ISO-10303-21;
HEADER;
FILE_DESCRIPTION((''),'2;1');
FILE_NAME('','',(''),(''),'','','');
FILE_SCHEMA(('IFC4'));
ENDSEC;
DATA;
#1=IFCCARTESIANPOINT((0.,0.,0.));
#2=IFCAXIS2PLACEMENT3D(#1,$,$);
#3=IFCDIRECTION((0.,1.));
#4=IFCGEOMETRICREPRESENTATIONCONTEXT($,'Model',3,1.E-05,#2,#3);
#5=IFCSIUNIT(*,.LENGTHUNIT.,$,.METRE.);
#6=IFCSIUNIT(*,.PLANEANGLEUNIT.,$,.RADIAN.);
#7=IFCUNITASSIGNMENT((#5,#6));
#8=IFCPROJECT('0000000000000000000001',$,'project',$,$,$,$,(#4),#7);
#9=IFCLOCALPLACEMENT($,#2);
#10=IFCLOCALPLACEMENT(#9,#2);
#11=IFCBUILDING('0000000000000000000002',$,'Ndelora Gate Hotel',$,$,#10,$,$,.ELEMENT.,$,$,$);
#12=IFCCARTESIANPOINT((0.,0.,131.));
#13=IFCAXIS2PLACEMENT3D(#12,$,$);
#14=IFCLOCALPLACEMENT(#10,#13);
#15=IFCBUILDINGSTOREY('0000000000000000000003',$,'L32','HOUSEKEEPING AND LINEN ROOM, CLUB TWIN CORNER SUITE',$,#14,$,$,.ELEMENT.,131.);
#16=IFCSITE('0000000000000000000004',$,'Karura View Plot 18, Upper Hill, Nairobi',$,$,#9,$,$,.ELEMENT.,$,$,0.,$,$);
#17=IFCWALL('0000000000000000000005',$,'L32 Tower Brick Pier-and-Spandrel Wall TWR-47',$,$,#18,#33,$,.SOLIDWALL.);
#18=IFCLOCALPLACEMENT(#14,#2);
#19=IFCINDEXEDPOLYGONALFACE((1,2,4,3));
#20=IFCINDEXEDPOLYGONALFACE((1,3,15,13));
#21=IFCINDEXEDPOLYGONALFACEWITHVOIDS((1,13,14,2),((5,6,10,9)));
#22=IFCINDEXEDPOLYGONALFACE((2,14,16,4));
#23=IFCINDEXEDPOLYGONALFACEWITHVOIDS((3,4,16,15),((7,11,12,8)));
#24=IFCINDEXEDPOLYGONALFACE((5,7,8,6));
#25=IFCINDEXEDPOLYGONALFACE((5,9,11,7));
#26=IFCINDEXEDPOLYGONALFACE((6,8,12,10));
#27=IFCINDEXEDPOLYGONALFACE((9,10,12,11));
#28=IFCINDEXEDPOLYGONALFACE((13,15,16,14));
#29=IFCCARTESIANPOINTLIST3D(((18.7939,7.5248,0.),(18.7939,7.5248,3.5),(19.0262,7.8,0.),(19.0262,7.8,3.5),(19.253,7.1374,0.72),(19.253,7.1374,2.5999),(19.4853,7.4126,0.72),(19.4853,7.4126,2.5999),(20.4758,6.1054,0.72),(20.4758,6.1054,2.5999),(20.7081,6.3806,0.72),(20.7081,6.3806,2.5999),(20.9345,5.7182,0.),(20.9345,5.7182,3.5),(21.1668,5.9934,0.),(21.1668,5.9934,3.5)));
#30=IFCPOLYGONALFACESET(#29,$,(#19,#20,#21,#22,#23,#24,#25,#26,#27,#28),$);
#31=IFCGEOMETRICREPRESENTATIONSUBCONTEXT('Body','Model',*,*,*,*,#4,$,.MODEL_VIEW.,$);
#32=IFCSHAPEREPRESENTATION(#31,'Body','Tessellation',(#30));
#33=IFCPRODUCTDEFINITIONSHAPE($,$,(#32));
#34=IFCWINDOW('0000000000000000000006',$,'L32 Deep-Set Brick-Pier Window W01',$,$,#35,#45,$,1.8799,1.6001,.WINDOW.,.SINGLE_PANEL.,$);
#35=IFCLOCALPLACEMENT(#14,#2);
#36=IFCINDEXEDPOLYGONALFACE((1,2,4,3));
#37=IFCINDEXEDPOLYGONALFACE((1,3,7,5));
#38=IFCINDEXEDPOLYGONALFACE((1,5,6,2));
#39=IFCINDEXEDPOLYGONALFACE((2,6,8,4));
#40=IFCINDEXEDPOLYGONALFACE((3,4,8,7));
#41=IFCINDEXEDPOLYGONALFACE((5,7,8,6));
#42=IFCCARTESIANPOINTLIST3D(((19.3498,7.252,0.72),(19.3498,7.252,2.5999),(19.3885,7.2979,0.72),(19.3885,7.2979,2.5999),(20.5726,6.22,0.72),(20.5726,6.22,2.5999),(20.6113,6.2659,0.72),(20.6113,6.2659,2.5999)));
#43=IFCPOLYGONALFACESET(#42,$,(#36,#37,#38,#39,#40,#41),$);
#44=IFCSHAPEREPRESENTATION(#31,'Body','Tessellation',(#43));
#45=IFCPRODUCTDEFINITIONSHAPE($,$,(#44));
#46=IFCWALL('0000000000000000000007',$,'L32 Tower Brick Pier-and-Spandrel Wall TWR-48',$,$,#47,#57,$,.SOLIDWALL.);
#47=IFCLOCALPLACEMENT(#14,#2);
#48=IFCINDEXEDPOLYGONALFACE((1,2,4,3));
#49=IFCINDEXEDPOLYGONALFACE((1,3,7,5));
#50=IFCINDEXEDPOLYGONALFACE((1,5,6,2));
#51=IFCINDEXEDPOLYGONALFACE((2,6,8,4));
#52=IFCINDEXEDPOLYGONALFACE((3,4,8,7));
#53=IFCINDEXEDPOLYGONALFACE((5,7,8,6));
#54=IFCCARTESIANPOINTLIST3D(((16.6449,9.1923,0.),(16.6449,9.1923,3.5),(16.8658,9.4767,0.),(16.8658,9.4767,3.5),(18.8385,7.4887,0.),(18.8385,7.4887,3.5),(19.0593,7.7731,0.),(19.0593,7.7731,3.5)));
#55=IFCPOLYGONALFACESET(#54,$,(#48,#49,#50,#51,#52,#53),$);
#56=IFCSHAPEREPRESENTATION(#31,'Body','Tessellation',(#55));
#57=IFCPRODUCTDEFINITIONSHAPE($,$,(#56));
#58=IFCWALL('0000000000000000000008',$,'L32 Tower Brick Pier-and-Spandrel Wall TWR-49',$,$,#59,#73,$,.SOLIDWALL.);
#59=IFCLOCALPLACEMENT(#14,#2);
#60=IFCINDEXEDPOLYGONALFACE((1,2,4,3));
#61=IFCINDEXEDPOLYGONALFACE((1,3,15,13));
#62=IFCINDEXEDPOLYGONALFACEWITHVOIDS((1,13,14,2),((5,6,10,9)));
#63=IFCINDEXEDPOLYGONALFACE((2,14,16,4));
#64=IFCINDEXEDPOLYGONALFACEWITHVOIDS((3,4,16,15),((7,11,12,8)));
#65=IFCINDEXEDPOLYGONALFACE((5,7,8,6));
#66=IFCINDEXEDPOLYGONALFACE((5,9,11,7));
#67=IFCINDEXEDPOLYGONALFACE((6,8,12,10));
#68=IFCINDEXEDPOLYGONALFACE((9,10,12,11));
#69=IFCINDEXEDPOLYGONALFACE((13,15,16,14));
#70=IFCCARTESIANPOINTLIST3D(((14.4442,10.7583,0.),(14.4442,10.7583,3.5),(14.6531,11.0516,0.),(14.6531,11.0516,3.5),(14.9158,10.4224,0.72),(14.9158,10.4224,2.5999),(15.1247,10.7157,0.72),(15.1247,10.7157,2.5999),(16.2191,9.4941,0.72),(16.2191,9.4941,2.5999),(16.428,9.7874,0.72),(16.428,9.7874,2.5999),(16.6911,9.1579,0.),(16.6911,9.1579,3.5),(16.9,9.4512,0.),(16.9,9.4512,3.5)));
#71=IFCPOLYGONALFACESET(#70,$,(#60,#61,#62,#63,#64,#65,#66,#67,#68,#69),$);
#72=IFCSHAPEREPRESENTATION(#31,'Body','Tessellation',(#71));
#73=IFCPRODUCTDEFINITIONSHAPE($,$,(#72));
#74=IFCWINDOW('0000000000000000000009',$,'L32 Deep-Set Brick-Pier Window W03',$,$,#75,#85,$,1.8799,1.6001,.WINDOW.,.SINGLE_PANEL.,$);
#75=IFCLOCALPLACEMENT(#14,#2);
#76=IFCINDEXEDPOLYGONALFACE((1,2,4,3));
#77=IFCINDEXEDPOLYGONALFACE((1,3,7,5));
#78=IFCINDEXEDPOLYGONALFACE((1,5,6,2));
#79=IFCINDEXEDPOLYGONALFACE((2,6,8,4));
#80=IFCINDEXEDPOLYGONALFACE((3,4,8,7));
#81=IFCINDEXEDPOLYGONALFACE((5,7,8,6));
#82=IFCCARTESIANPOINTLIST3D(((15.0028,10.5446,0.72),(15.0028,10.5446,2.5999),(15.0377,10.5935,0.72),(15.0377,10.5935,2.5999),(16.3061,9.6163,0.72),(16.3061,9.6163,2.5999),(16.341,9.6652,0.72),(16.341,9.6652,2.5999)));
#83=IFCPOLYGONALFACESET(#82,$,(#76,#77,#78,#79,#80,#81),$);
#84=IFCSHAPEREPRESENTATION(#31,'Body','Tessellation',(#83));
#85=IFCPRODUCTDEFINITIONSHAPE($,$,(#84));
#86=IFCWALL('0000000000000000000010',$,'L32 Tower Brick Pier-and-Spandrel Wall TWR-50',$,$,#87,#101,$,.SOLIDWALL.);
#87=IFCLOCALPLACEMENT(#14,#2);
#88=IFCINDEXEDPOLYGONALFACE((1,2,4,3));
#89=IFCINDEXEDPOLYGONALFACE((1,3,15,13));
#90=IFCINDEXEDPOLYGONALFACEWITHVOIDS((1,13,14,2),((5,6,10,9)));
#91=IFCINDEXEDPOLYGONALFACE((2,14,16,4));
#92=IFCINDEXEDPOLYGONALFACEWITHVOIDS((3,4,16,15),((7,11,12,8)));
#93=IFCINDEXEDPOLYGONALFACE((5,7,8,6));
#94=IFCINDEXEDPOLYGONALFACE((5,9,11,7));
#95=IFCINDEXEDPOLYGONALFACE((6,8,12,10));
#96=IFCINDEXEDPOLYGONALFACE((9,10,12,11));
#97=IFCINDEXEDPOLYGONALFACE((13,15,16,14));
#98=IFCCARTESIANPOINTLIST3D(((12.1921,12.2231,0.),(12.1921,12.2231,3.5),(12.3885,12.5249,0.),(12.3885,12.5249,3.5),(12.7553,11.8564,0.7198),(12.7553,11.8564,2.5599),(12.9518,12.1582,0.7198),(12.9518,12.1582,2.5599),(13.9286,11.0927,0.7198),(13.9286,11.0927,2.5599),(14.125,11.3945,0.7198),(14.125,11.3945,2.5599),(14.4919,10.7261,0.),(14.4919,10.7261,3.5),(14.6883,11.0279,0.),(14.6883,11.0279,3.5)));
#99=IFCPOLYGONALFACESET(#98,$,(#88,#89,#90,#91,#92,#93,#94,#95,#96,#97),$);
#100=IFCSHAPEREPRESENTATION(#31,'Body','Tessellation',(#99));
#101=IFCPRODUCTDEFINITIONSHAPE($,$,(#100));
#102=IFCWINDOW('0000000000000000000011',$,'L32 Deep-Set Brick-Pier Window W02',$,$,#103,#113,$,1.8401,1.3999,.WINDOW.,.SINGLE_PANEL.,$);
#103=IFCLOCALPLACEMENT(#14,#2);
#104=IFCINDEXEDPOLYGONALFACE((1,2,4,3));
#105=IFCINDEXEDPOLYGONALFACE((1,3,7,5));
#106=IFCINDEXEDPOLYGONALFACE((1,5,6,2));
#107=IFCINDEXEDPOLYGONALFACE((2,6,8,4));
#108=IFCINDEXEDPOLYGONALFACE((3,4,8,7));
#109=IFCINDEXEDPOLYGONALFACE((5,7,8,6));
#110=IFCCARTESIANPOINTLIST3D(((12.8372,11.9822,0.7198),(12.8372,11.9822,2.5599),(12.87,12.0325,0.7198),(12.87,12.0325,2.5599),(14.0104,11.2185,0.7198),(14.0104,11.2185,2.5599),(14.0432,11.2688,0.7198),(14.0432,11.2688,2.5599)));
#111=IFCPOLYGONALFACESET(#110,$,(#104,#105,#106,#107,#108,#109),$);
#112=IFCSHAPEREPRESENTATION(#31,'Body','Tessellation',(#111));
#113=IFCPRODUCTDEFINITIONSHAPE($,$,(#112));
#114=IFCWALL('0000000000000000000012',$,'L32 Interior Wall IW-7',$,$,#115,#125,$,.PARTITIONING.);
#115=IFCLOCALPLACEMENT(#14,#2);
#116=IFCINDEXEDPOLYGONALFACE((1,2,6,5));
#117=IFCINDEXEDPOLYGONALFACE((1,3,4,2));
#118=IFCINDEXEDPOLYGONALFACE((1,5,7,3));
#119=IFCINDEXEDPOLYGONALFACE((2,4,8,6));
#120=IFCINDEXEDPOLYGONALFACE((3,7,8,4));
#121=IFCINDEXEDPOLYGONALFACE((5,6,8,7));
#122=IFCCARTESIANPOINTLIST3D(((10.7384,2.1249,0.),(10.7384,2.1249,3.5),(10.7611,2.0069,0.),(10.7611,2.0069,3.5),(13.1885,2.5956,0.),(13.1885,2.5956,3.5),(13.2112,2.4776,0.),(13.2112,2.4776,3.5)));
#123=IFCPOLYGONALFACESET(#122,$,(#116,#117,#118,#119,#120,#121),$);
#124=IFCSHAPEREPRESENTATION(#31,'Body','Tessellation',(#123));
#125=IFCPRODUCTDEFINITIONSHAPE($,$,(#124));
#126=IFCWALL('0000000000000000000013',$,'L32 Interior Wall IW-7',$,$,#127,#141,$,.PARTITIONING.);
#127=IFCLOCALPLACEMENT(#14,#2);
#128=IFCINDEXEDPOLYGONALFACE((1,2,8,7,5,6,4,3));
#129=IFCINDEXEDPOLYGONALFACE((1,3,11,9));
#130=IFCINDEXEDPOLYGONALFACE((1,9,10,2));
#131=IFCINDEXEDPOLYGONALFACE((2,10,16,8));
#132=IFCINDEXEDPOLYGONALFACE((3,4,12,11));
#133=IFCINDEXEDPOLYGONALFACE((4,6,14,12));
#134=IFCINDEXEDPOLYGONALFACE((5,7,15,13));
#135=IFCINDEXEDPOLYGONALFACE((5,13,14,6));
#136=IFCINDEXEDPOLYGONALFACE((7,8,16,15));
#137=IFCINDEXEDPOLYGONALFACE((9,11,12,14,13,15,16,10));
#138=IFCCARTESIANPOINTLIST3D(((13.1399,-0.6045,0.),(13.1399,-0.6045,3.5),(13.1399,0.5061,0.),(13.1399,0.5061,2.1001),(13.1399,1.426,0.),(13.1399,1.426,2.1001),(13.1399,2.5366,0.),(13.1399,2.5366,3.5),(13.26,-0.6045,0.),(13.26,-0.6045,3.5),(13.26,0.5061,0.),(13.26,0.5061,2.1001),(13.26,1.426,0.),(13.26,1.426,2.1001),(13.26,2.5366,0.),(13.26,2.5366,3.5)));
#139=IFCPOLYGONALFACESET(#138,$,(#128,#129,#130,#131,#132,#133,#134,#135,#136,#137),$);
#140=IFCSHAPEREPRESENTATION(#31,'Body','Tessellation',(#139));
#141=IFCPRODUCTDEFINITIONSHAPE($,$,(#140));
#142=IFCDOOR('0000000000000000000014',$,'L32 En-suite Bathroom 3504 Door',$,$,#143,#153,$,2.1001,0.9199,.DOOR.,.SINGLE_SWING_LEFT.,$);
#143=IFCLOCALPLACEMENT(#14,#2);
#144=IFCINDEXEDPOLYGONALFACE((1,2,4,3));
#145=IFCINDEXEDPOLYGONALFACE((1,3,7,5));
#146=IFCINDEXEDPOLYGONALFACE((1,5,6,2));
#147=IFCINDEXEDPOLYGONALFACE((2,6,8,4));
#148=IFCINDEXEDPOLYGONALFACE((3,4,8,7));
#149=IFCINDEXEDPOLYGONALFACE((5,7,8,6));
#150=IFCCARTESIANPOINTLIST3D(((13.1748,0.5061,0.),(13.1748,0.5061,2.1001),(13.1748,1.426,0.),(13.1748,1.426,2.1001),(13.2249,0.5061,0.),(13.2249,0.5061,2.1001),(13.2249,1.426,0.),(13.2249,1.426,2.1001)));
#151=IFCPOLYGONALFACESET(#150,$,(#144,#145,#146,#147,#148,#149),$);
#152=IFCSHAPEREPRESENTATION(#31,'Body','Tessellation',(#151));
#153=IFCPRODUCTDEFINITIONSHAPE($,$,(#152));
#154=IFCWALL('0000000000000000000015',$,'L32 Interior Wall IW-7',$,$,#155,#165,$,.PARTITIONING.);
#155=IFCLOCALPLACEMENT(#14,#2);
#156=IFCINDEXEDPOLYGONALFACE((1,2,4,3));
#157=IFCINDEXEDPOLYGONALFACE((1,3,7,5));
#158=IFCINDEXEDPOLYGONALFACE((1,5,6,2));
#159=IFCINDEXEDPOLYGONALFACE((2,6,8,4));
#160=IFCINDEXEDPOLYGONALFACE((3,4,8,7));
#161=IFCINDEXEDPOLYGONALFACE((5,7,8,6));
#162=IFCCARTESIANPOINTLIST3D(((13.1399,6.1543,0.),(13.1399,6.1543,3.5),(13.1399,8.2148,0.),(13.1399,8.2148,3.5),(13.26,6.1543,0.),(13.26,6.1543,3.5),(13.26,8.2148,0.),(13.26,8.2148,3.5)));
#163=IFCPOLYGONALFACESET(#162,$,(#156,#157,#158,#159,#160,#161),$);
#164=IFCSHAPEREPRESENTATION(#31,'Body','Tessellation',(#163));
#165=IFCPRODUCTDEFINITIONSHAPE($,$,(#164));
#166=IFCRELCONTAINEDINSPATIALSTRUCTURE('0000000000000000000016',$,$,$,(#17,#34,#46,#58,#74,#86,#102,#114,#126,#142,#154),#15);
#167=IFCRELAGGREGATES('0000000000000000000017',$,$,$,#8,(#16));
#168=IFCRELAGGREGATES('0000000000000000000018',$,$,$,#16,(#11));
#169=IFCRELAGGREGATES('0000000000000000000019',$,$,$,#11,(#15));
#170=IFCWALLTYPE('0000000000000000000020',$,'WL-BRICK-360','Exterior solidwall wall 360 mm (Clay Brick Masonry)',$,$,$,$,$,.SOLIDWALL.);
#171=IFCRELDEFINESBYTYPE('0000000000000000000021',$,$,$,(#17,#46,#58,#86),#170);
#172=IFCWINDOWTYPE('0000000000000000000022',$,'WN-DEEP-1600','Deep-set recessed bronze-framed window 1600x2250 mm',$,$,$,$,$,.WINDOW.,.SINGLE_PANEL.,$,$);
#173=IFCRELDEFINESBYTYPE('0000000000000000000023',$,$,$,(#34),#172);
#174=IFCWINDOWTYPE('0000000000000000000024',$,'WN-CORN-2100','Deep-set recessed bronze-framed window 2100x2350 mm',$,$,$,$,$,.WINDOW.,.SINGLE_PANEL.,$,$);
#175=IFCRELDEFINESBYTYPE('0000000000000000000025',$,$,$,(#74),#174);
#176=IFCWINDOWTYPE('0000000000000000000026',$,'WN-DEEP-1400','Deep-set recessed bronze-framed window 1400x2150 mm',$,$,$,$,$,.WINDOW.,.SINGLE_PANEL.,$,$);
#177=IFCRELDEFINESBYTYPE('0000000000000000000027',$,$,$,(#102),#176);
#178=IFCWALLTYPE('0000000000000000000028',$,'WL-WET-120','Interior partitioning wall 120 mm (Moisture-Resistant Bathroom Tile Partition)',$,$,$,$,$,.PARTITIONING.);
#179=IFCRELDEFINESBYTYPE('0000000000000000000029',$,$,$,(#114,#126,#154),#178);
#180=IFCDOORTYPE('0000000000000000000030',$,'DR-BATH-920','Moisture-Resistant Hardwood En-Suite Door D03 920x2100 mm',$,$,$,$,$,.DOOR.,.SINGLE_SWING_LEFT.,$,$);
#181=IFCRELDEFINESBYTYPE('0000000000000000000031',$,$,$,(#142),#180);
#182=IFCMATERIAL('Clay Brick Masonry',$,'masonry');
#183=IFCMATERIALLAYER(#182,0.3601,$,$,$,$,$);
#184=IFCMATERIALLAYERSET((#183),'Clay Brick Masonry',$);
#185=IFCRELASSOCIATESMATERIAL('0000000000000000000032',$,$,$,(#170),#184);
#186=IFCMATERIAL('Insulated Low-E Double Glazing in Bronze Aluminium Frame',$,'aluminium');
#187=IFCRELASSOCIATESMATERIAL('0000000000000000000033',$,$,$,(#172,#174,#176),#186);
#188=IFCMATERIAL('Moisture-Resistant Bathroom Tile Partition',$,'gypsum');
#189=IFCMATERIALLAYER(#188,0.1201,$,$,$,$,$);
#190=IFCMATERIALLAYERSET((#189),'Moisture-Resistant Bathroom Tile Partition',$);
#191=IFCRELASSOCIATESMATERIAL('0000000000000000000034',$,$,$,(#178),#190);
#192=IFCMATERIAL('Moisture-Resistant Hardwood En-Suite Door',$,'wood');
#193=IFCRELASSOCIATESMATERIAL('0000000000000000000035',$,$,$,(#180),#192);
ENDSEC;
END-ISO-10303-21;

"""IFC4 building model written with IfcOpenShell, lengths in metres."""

from ifc_helpers import new_model, si_unit, direction, frame, frame_2d, origin, place, context, subcontext, project, spatial, rectangle, extrude, material, layer, layer_set, type_object, element, fill, save


model = new_model("IFC4")

# Units and contexts
model_context = context("Model", 3, precision=1e-05, world=origin(), true_north=direction((0.0, 1.0)))
body_context = subcontext(model_context, "Body", "Model", "MODEL_VIEW")
ifc_project = project(units=[si_unit("LENGTHUNIT", "METRE"), si_unit("PLANEANGLEUNIT", "RADIAN")], contexts=[model_context])

# Site, building, storey
site_placement = place(None, origin())
site = spatial("IfcSite", under=ifc_project, at=site_placement, Name="Karura View Plot 18, Upper Hill, Nairobi", CompositionType="ELEMENT", RefElevation=0.0)
building_placement = place(site_placement, origin())
building = spatial("IfcBuilding", under=site, at=building_placement, Name="Ndelora Gate Hotel", CompositionType="ELEMENT")
storey_placement = place(building_placement, frame((0.0, 0.0, 131.0)))
storey = spatial("IfcBuildingStorey", under=building, at=storey_placement, Name="L32", Description="HOUSEKEEPING AND LINEN ROOM, CLUB TWIN CORNER SUITE", CompositionType="ELEMENT", Elevation=131.0)

# Shared definitions
ifc_material_1 = material(Name="Clay Brick Masonry", Category="masonry")
ifc_layer_1 = layer(ifc_material_1, 0.3601)
ifc_layer_set_1 = layer_set([ifc_layer_1], Name="Clay Brick Masonry")
wall_type_1 = type_object("IfcWallType", Name="WL-BRICK-360", Description="Exterior solidwall wall 360 mm (Clay Brick Masonry)", PredefinedType="SOLIDWALL", material=ifc_layer_set_1)

# Wall, opening, window
wall_1_placement = place(storey_placement, frame((18.9102, 7.6624, 0.0), z_axis=(0.0, 0.0, 1.0), x_axis=(0.764206, -0.644973, 0.0)))
wall_1 = element("IfcWall", 1, at=wall_1_placement, inside=storey, type_object=wall_type_1, Name="L32 Tower Brick Pier-and-Spandrel Wall TWR-47", PredefinedType="SOLIDWALL", context=body_context, shape_type="SweptSolid", body=[
    extrude(rectangle(XDim=2.801, YDim=0.3601, at=frame_2d((1.4004, 0.0))), origin(), (0.0, 0.0, 1.0), 3.5),
])
opening_1_placement = place(wall_1_placement, frame((0.6006, 0.0, 0.72)))
opening_1 = element("IfcOpeningElement", 2, at=opening_1_placement, cuts=wall_1, PredefinedType="OPENING", context=body_context, shape_type="SweptSolid", body=[
    extrude(rectangle(XDim=1.6001, YDim=1.8799, at=frame_2d((0.8, 0.9399))), frame((0.0, 0.1899, 0.0), z_axis=(0.0, -1.0, 0.0), x_axis=(1.0, 0.0, 0.0)), (0.0, 0.0, 1.0), 0.3801),
])
ifc_material_2 = material(Name="Insulated Low-E Double Glazing in Bronze Aluminium Frame", Category="aluminium")
window_type_1 = type_object("IfcWindowType", Name="WN-DEEP-1600", Description="Deep-set recessed bronze-framed window 1600x2250 mm", PartitioningType="SINGLE_PANEL", PredefinedType="WINDOW", material=ifc_material_2)
window_1_placement = place(opening_1_placement, origin())
window_1 = element("IfcWindow", 3, at=window_1_placement, inside=storey, type_object=window_type_1, Name="L32 Deep-Set Brick-Pier Window W01", OverallHeight=1.8799, OverallWidth=1.6001, PartitioningType="SINGLE_PANEL", PredefinedType="WINDOW", context=body_context, shape_type="SweptSolid", body=[
    extrude(rectangle(XDim=1.6001, YDim=1.8799, at=frame_2d((0.8, 0.9399))), frame((0.0, 0.03, 0.0), z_axis=(0.0, -1.0, 0.0), x_axis=(1.0, 0.0, 0.0)), (0.0, 0.0, 1.0), 0.0601),
])
fill(opening_1, window_1)

# Wall
wall_2_placement = place(storey_placement, frame((16.7554, 9.3345, 0.0), z_axis=(0.0, 0.0, 1.0), x_axis=(0.789792, -0.613375, 0.0)))
element("IfcWall", 4, at=wall_2_placement, inside=storey, type_object=wall_type_1, Name="L32 Tower Brick Pier-and-Spandrel Wall TWR-48", PredefinedType="SOLIDWALL", context=body_context, shape_type="SweptSolid", body=[
    extrude(rectangle(XDim=2.7773, YDim=0.3601, at=frame_2d((1.3887, 0.0))), origin(), (0.0, 0.0, 1.0), 3.5),
])

# Walls, openings, windows
wall_3_placement = place(storey_placement, frame((14.5486, 10.905, 0.0), z_axis=(0.0, 0.0, 1.0), x_axis=(0.81451, -0.580149, 0.0)))
wall_3 = element("IfcWall", 5, at=wall_3_placement, inside=storey, type_object=wall_type_1, Name="L32 Tower Brick Pier-and-Spandrel Wall TWR-49", PredefinedType="SOLIDWALL", context=body_context, shape_type="SweptSolid", body=[
    extrude(rectangle(XDim=2.7585, YDim=0.3601, at=frame_2d((1.3794, 0.0))), origin(), (0.0, 0.0, 1.0), 3.5),
])
opening_2_placement = place(wall_3_placement, frame((0.5791, 0.0, 0.72)))
opening_2 = element("IfcOpeningElement", 6, at=opening_2_placement, cuts=wall_3, PredefinedType="OPENING", context=body_context, shape_type="SweptSolid", body=[
    extrude(rectangle(XDim=1.6001, YDim=1.8799, at=frame_2d((0.8, 0.9399))), frame((0.0, 0.1899, 0.0), z_axis=(0.0, -1.0, 0.0), x_axis=(1.0, 0.0, 0.0)), (0.0, 0.0, 1.0), 0.3801),
])
window_type_2 = type_object("IfcWindowType", Name="WN-CORN-2100", Description="Deep-set recessed bronze-framed window 2100x2350 mm", PartitioningType="SINGLE_PANEL", PredefinedType="WINDOW", material=ifc_material_2)
window_2_placement = place(opening_2_placement, origin())
window_2 = element("IfcWindow", 7, at=window_2_placement, inside=storey, type_object=window_type_2, Name="L32 Deep-Set Brick-Pier Window W03", OverallHeight=1.8799, OverallWidth=1.6001, PartitioningType="SINGLE_PANEL", PredefinedType="WINDOW", context=body_context, shape_type="SweptSolid", body=[
    extrude(rectangle(XDim=1.6001, YDim=1.8799, at=frame_2d((0.8, 0.9399))), frame((0.0, 0.03, 0.0), z_axis=(0.0, -1.0, 0.0), x_axis=(1.0, 0.0, 0.0)), (0.0, 0.0, 1.0), 0.0601),
])
fill(opening_2, window_2)
wall_4_placement = place(storey_placement, frame((12.2903, 12.374, 0.0), z_axis=(0.0, 0.0, 1.0), x_axis=(0.838078, -0.545551, 0.0)))
wall_4 = element("IfcWall", 8, at=wall_4_placement, inside=storey, type_object=wall_type_1, Name="L32 Tower Brick Pier-and-Spandrel Wall TWR-50", PredefinedType="SOLIDWALL", context=body_context, shape_type="SweptSolid", body=[
    extrude(rectangle(XDim=2.7441, YDim=0.3601, at=frame_2d((1.3721, 0.0))), origin(), (0.0, 0.0, 1.0), 3.5),
])
opening_3_placement = place(wall_4_placement, frame((0.6721, 0.0, 0.72)))
opening_3 = element("IfcOpeningElement", 9, at=opening_3_placement, cuts=wall_4, PredefinedType="OPENING", context=body_context, shape_type="SweptSolid", body=[
    extrude(rectangle(XDim=1.3999, YDim=1.8401, at=frame_2d((0.7, 0.9199))), frame((0.0, 0.1899, 0.0), z_axis=(0.0, -1.0, 0.0), x_axis=(1.0, 0.0, 0.0)), (0.0, 0.0, 1.0), 0.3801),
])
window_type_3 = type_object("IfcWindowType", Name="WN-DEEP-1400", Description="Deep-set recessed bronze-framed window 1400x2150 mm", PartitioningType="SINGLE_PANEL", PredefinedType="WINDOW", material=ifc_material_2)
window_3_placement = place(opening_3_placement, origin())
window_3 = element("IfcWindow", 10, at=window_3_placement, inside=storey, type_object=window_type_3, Name="L32 Deep-Set Brick-Pier Window W02", OverallHeight=1.8401, OverallWidth=1.3999, PartitioningType="SINGLE_PANEL", PredefinedType="WINDOW", context=body_context, shape_type="SweptSolid", body=[
    extrude(rectangle(XDim=1.3999, YDim=1.8401, at=frame_2d((0.7, 0.9199))), frame((0.0, 0.03, 0.0), z_axis=(0.0, -1.0, 0.0), x_axis=(1.0, 0.0, 0.0)), (0.0, 0.0, 1.0), 0.0601),
])
fill(opening_3, window_3)

# Wall
ifc_material_3 = material(Name="Moisture-Resistant Bathroom Tile Partition", Category="gypsum")
ifc_layer_2 = layer(ifc_material_3, 0.1201)
ifc_layer_set_2 = layer_set([ifc_layer_2], Name="Moisture-Resistant Bathroom Tile Partition")
wall_type_2 = type_object("IfcWallType", Name="WL-WET-120", Description="Interior partitioning wall 120 mm (Moisture-Resistant Bathroom Tile Partition)", PredefinedType="PARTITIONING", material=ifc_layer_set_2)
wall_5_placement = place(storey_placement, frame((13.2, 2.5366, 0.0), z_axis=(0.0, 0.0, 1.0), x_axis=(-0.982039, -0.188677, 0.0)))
element("IfcWall", 11, at=wall_5_placement, inside=storey, type_object=wall_type_2, Name="L32 Interior Wall IW-7", PredefinedType="PARTITIONING", context=body_context, shape_type="SweptSolid", body=[
    extrude(rectangle(XDim=2.4949, YDim=0.1201, at=frame_2d((1.2476, 0.0))), origin(), (0.0, 0.0, 1.0), 3.5),
])

# Wall, opening, door
wall_6_placement = place(storey_placement, frame((13.2, 2.5366, 0.0), z_axis=(0.0, 0.0, 1.0), x_axis=(0.0, -1.0, 0.0)))
wall_6 = element("IfcWall", 12, at=wall_6_placement, inside=storey, type_object=wall_type_2, Name="L32 Interior Wall IW-7", PredefinedType="PARTITIONING", context=body_context, shape_type="SweptSolid", body=[
    extrude(rectangle(XDim=3.1411, YDim=0.1201, at=frame_2d((1.5706, 0.0))), origin(), (0.0, 0.0, 1.0), 3.5),
])
opening_4_placement = place(wall_6_placement, frame((1.1106, 0.0, 0.0)))
opening_4 = element("IfcOpeningElement", 13, at=opening_4_placement, cuts=wall_6, PredefinedType="OPENING", context=body_context, shape_type="SweptSolid", body=[
    extrude(rectangle(XDim=0.9199, YDim=2.1001, at=frame_2d((0.46, 1.05))), frame((0.0, 0.0701, 0.0), z_axis=(0.0, -1.0, 0.0), x_axis=(1.0, 0.0, 0.0)), (0.0, 0.0, 1.0), 0.1401),
])
ifc_material_4 = material(Name="Moisture-Resistant Hardwood En-Suite Door", Category="wood")
door_type = type_object("IfcDoorType", Name="DR-BATH-920", Description="Moisture-Resistant Hardwood En-Suite Door D03 920x2100 mm", OperationType="SINGLE_SWING_LEFT", PredefinedType="DOOR", material=ifc_material_4)
door_placement = place(opening_4_placement, origin())
door = element("IfcDoor", 14, at=door_placement, inside=storey, type_object=door_type, Name="L32 En-suite Bathroom 3504 Door", OperationType="SINGLE_SWING_LEFT", OverallHeight=2.1001, OverallWidth=0.9199, PredefinedType="DOOR", context=body_context, shape_type="SweptSolid", body=[
    extrude(rectangle(XDim=0.9199, YDim=2.1001, at=frame_2d((0.46, 1.05))), frame((0.0, 0.0249, 0.0), z_axis=(0.0, -1.0, 0.0), x_axis=(1.0, 0.0, 0.0)), (0.0, 0.0, 1.0), 0.05),
])
fill(opening_4, door)

# Wall
wall_7_placement = place(storey_placement, frame((13.2, 6.1543, 0.0), z_axis=(0.0, 0.0, 1.0), x_axis=(0.0, 1.0, 0.0)))
element("IfcWall", 15, at=wall_7_placement, inside=storey, type_object=wall_type_2, Name="L32 Interior Wall IW-7", PredefinedType="PARTITIONING", context=body_context, shape_type="SweptSolid", body=[
    extrude(rectangle(XDim=2.0605, YDim=0.1201, at=frame_2d((1.0303, 0.0))), origin(), (0.0, 0.0, 1.0), 3.5),
])

save(model, "model.ifc")
